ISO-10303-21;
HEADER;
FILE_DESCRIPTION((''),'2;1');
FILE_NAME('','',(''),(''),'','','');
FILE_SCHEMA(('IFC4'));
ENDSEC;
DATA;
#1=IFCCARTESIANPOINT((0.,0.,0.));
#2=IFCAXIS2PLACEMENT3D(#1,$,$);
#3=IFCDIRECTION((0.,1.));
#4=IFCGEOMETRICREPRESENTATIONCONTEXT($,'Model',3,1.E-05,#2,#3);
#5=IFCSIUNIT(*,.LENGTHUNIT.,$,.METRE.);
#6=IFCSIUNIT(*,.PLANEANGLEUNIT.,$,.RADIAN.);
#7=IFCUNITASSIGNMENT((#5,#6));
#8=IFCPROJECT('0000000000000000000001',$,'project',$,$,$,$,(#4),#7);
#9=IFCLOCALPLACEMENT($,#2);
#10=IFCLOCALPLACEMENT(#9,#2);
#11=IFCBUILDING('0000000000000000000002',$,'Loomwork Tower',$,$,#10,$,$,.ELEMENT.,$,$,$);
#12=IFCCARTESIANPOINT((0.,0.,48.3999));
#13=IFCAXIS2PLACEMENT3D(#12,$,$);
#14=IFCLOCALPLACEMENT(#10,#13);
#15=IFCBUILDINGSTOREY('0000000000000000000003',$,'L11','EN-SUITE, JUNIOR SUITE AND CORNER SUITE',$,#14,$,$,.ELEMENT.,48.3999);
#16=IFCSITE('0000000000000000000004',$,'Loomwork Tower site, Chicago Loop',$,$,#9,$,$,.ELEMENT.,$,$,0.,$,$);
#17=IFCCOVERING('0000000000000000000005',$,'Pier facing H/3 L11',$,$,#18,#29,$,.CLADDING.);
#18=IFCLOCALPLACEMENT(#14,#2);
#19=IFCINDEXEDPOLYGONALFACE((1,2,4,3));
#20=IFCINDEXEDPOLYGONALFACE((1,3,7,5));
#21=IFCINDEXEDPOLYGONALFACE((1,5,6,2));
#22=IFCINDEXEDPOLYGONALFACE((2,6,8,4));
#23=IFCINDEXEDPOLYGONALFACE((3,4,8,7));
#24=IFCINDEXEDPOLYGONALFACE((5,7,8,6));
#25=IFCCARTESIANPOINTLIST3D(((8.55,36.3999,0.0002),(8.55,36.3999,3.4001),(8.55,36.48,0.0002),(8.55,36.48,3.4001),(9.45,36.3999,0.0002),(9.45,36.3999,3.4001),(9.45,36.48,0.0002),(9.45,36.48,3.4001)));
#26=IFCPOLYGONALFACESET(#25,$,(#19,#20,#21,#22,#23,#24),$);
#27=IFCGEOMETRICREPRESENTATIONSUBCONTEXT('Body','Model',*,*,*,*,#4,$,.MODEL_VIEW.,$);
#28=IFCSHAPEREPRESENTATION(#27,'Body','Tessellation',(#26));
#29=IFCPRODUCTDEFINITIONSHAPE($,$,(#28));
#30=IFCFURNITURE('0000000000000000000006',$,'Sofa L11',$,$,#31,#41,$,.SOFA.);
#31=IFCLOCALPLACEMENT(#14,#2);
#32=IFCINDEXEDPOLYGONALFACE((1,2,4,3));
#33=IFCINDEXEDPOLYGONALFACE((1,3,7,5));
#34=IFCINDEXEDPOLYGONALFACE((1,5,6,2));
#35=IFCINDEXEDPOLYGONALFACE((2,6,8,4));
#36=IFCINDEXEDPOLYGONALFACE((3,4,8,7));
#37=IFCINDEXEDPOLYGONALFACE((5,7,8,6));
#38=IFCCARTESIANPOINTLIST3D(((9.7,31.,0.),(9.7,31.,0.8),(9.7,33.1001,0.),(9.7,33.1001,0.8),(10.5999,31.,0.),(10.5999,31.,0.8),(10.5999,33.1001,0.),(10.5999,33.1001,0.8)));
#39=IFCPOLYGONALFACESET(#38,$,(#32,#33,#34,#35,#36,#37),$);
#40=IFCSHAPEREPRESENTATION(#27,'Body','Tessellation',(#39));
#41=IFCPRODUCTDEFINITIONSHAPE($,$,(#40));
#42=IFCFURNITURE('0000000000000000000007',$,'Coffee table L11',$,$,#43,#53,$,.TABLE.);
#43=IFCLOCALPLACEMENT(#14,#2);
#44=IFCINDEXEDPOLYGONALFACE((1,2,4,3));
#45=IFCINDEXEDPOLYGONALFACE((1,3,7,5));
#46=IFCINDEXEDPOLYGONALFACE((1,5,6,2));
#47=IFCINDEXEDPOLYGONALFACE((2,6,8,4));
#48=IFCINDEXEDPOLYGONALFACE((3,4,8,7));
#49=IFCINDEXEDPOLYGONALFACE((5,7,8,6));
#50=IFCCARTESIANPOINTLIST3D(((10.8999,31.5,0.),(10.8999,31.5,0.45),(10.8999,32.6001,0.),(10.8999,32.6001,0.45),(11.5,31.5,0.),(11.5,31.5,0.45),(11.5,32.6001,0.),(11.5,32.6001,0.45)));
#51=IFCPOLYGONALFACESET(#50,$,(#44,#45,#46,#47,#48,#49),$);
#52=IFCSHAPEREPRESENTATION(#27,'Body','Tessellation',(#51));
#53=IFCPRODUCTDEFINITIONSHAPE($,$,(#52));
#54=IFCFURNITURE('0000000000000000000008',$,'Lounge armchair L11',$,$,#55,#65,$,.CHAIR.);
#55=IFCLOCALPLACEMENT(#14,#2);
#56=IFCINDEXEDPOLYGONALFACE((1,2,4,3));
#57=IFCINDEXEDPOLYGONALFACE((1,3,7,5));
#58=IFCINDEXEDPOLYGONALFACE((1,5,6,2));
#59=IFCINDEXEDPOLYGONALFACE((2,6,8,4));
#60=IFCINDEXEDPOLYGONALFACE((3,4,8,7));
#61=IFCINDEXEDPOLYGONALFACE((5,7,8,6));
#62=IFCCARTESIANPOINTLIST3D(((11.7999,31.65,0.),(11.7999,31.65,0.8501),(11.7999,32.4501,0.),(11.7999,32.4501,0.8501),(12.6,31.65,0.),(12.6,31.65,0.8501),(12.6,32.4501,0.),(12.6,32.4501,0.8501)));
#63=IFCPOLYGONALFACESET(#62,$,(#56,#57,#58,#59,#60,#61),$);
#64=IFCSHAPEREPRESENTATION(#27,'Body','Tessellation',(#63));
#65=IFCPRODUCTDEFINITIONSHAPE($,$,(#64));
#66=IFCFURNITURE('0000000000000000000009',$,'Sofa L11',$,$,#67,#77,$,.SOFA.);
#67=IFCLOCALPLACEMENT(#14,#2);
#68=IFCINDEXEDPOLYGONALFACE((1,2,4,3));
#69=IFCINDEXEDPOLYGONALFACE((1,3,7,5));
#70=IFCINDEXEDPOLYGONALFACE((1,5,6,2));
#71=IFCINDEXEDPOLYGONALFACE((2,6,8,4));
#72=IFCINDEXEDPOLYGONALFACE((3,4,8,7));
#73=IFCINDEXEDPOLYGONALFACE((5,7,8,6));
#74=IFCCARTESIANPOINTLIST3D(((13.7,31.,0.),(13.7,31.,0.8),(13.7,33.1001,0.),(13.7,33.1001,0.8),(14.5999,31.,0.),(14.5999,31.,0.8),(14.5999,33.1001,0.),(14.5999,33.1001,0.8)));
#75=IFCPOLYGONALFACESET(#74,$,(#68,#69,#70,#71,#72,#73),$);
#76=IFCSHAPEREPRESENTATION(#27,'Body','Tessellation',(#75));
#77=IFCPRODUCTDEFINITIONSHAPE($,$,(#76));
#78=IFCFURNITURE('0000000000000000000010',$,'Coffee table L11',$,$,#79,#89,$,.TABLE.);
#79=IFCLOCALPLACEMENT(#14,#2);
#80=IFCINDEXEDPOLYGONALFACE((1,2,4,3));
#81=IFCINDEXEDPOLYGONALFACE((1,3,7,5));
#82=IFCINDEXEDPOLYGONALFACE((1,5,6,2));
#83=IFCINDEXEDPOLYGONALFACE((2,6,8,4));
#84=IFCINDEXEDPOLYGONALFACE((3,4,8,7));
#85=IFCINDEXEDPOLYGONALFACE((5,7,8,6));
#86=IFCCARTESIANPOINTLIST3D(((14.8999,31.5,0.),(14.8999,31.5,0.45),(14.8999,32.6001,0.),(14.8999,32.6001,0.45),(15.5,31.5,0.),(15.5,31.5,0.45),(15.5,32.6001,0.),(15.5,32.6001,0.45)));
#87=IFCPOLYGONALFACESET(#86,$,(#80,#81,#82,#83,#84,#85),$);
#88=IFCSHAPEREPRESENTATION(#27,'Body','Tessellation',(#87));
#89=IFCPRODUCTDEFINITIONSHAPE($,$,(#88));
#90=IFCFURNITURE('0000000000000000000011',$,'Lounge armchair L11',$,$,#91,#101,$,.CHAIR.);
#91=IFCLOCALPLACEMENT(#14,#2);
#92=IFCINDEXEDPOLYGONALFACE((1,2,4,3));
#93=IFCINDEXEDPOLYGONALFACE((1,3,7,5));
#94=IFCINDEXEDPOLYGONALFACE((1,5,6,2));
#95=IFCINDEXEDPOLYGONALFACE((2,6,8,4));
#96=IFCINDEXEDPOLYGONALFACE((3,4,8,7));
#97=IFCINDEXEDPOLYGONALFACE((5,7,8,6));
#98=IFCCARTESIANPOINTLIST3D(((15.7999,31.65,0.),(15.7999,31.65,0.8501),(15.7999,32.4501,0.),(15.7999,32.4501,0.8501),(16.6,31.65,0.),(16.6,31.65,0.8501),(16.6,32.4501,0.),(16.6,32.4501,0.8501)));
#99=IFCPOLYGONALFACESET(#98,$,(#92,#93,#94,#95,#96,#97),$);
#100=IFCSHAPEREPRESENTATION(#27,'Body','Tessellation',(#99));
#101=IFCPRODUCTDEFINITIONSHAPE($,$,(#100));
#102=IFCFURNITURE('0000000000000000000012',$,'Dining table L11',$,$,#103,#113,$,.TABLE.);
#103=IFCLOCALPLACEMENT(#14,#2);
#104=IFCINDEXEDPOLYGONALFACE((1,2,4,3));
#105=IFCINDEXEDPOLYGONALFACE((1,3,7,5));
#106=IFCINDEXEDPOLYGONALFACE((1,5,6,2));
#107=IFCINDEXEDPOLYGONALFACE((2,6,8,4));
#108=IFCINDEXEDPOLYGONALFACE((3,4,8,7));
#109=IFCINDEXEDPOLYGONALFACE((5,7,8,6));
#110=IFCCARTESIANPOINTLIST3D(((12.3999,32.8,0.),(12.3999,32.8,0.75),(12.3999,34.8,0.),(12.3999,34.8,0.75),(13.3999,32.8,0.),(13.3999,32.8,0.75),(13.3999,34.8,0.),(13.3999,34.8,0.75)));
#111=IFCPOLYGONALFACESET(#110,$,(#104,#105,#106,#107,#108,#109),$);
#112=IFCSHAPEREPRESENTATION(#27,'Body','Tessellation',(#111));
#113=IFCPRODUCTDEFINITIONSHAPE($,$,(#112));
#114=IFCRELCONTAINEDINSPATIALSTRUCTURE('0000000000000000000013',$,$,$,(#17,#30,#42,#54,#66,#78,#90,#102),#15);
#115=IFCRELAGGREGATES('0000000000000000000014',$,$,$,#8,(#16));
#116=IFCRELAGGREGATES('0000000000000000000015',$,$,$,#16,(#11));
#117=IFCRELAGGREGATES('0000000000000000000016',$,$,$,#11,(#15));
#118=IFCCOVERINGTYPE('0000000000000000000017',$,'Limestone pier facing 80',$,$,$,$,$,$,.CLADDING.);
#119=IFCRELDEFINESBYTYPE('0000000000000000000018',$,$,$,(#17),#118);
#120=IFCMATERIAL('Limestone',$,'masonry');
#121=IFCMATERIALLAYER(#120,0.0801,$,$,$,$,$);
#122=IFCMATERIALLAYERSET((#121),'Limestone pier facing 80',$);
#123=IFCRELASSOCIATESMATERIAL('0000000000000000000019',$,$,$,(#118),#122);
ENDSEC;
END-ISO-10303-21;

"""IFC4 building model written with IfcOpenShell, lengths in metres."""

from ifc_helpers import new_model, si_unit, direction, frame, origin, origin_2d, place, context, subcontext, project, spatial, rectangle, extrude, material, layer, layer_set, type_object, element, save


model = new_model("IFC4")

# Units and contexts
model_context = context("Model", 3, precision=1e-05, world=origin(), true_north=direction((0.0, 1.0)))
body_context = subcontext(model_context, "Body", "Model", "MODEL_VIEW")
ifc_project = project(units=[si_unit("LENGTHUNIT", "METRE"), si_unit("PLANEANGLEUNIT", "RADIAN")], contexts=[model_context])

# Site, building, storey
site_placement = place(None, origin())
site = spatial("IfcSite", under=ifc_project, at=site_placement, Name="Loomwork Tower site, Chicago Loop", CompositionType="ELEMENT", RefElevation=0.0)
building_placement = place(site_placement, origin())
building = spatial("IfcBuilding", under=site, at=building_placement, Name="Loomwork Tower", CompositionType="ELEMENT")
storey_placement = place(building_placement, frame((0.0, 0.0, 48.3999)))
storey = spatial("IfcBuildingStorey", under=building, at=storey_placement, Name="L11", Description="EN-SUITE, JUNIOR SUITE AND CORNER SUITE", CompositionType="ELEMENT", Elevation=48.3999)

# Covering
ifc_material_1 = material(Name="Limestone", Category="masonry")
ifc_layer_1 = layer(ifc_material_1, 0.0801)
ifc_layer_set_1 = layer_set([ifc_layer_1], Name="Limestone pier facing 80")
covering_type = type_object("IfcCoveringType", Name="Limestone pier facing 80", PredefinedType="CLADDING", material=ifc_layer_set_1)
covering_placement = place(storey_placement, frame((9.0, 36.4399, 0.0002), z_axis=(0.0, 0.0, 1.0), x_axis=(1.0, 0.0, 0.0)))
element("IfcCovering", 1, at=covering_placement, inside=storey, type_object=covering_type, Name="Pier facing H/3 L11", PredefinedType="CLADDING", context=body_context, shape_type="SweptSolid", body=[
    extrude(rectangle(XDim=0.8999, YDim=0.0801, at=origin_2d()), origin(), (0.0, 0.0, 1.0), 3.3999),
])

# Furniture
furniture_1_placement = place(storey_placement, frame((10.1499, 32.05, 0.0), z_axis=(0.0, 0.0, 1.0), x_axis=(1.0, 0.0, 0.0)))
element("IfcFurniture", 2, at=furniture_1_placement, inside=storey, Name="Sofa L11", PredefinedType="SOFA", context=body_context, shape_type="SweptSolid", body=[
    extrude(rectangle(XDim=0.8999, YDim=2.1001, at=origin_2d()), origin(), (0.0, 0.0, 1.0), 0.8),
])
furniture_2_placement = place(storey_placement, frame((11.2, 32.05, 0.0), z_axis=(0.0, 0.0, 1.0), x_axis=(1.0, 0.0, 0.0)))
element("IfcFurniture", 3, at=furniture_2_placement, inside=storey, Name="Coffee table L11", PredefinedType="TABLE", context=body_context, shape_type="SweptSolid", body=[
    extrude(rectangle(XDim=0.6001, YDim=1.1001, at=origin_2d()), origin(), (0.0, 0.0, 1.0), 0.45),
])
furniture_3_placement = place(storey_placement, frame((12.2, 32.05, 0.0), z_axis=(0.0, 0.0, 1.0), x_axis=(1.0, 0.0, 0.0)))
element("IfcFurniture", 4, at=furniture_3_placement, inside=storey, Name="Lounge armchair L11", PredefinedType="CHAIR", context=body_context, shape_type="SweptSolid", body=[
    extrude(rectangle(XDim=0.8, YDim=0.8, at=origin_2d()), origin(), (0.0, 0.0, 1.0), 0.8501),
])
furniture_4_placement = place(storey_placement, frame((14.1499, 32.05, 0.0), z_axis=(0.0, 0.0, 1.0), x_axis=(1.0, 0.0, 0.0)))
element("IfcFurniture", 5, at=furniture_4_placement, inside=storey, Name="Sofa L11", PredefinedType="SOFA", context=body_context, shape_type="SweptSolid", body=[
    extrude(rectangle(XDim=0.8999, YDim=2.1001, at=origin_2d()), origin(), (0.0, 0.0, 1.0), 0.8),
])
furniture_5_placement = place(storey_placement, frame((15.2, 32.05, 0.0), z_axis=(0.0, 0.0, 1.0), x_axis=(1.0, 0.0, 0.0)))
element("IfcFurniture", 6, at=furniture_5_placement, inside=storey, Name="Coffee table L11", PredefinedType="TABLE", context=body_context, shape_type="SweptSolid", body=[
    extrude(rectangle(XDim=0.6001, YDim=1.1001, at=origin_2d()), origin(), (0.0, 0.0, 1.0), 0.45),
])
furniture_6_placement = place(storey_placement, frame((16.2, 32.05, 0.0), z_axis=(0.0, 0.0, 1.0), x_axis=(1.0, 0.0, 0.0)))
element("IfcFurniture", 7, at=furniture_6_placement, inside=storey, Name="Lounge armchair L11", PredefinedType="CHAIR", context=body_context, shape_type="SweptSolid", body=[
    extrude(rectangle(XDim=0.8, YDim=0.8, at=origin_2d()), origin(), (0.0, 0.0, 1.0), 0.8501),
])
furniture_7_placement = place(storey_placement, frame((12.8999, 33.8, 0.0), z_axis=(0.0, 0.0, 1.0), x_axis=(1.0, 0.0, 0.0)))
element("IfcFurniture", 8, at=furniture_7_placement, inside=storey, Name="Dining table L11", PredefinedType="TABLE", context=body_context, shape_type="SweptSolid", body=[
    extrude(rectangle(XDim=1.0, YDim=2.0, at=origin_2d()), origin(), (0.0, 0.0, 1.0), 0.75),
])

save(model, "model.ifc")
